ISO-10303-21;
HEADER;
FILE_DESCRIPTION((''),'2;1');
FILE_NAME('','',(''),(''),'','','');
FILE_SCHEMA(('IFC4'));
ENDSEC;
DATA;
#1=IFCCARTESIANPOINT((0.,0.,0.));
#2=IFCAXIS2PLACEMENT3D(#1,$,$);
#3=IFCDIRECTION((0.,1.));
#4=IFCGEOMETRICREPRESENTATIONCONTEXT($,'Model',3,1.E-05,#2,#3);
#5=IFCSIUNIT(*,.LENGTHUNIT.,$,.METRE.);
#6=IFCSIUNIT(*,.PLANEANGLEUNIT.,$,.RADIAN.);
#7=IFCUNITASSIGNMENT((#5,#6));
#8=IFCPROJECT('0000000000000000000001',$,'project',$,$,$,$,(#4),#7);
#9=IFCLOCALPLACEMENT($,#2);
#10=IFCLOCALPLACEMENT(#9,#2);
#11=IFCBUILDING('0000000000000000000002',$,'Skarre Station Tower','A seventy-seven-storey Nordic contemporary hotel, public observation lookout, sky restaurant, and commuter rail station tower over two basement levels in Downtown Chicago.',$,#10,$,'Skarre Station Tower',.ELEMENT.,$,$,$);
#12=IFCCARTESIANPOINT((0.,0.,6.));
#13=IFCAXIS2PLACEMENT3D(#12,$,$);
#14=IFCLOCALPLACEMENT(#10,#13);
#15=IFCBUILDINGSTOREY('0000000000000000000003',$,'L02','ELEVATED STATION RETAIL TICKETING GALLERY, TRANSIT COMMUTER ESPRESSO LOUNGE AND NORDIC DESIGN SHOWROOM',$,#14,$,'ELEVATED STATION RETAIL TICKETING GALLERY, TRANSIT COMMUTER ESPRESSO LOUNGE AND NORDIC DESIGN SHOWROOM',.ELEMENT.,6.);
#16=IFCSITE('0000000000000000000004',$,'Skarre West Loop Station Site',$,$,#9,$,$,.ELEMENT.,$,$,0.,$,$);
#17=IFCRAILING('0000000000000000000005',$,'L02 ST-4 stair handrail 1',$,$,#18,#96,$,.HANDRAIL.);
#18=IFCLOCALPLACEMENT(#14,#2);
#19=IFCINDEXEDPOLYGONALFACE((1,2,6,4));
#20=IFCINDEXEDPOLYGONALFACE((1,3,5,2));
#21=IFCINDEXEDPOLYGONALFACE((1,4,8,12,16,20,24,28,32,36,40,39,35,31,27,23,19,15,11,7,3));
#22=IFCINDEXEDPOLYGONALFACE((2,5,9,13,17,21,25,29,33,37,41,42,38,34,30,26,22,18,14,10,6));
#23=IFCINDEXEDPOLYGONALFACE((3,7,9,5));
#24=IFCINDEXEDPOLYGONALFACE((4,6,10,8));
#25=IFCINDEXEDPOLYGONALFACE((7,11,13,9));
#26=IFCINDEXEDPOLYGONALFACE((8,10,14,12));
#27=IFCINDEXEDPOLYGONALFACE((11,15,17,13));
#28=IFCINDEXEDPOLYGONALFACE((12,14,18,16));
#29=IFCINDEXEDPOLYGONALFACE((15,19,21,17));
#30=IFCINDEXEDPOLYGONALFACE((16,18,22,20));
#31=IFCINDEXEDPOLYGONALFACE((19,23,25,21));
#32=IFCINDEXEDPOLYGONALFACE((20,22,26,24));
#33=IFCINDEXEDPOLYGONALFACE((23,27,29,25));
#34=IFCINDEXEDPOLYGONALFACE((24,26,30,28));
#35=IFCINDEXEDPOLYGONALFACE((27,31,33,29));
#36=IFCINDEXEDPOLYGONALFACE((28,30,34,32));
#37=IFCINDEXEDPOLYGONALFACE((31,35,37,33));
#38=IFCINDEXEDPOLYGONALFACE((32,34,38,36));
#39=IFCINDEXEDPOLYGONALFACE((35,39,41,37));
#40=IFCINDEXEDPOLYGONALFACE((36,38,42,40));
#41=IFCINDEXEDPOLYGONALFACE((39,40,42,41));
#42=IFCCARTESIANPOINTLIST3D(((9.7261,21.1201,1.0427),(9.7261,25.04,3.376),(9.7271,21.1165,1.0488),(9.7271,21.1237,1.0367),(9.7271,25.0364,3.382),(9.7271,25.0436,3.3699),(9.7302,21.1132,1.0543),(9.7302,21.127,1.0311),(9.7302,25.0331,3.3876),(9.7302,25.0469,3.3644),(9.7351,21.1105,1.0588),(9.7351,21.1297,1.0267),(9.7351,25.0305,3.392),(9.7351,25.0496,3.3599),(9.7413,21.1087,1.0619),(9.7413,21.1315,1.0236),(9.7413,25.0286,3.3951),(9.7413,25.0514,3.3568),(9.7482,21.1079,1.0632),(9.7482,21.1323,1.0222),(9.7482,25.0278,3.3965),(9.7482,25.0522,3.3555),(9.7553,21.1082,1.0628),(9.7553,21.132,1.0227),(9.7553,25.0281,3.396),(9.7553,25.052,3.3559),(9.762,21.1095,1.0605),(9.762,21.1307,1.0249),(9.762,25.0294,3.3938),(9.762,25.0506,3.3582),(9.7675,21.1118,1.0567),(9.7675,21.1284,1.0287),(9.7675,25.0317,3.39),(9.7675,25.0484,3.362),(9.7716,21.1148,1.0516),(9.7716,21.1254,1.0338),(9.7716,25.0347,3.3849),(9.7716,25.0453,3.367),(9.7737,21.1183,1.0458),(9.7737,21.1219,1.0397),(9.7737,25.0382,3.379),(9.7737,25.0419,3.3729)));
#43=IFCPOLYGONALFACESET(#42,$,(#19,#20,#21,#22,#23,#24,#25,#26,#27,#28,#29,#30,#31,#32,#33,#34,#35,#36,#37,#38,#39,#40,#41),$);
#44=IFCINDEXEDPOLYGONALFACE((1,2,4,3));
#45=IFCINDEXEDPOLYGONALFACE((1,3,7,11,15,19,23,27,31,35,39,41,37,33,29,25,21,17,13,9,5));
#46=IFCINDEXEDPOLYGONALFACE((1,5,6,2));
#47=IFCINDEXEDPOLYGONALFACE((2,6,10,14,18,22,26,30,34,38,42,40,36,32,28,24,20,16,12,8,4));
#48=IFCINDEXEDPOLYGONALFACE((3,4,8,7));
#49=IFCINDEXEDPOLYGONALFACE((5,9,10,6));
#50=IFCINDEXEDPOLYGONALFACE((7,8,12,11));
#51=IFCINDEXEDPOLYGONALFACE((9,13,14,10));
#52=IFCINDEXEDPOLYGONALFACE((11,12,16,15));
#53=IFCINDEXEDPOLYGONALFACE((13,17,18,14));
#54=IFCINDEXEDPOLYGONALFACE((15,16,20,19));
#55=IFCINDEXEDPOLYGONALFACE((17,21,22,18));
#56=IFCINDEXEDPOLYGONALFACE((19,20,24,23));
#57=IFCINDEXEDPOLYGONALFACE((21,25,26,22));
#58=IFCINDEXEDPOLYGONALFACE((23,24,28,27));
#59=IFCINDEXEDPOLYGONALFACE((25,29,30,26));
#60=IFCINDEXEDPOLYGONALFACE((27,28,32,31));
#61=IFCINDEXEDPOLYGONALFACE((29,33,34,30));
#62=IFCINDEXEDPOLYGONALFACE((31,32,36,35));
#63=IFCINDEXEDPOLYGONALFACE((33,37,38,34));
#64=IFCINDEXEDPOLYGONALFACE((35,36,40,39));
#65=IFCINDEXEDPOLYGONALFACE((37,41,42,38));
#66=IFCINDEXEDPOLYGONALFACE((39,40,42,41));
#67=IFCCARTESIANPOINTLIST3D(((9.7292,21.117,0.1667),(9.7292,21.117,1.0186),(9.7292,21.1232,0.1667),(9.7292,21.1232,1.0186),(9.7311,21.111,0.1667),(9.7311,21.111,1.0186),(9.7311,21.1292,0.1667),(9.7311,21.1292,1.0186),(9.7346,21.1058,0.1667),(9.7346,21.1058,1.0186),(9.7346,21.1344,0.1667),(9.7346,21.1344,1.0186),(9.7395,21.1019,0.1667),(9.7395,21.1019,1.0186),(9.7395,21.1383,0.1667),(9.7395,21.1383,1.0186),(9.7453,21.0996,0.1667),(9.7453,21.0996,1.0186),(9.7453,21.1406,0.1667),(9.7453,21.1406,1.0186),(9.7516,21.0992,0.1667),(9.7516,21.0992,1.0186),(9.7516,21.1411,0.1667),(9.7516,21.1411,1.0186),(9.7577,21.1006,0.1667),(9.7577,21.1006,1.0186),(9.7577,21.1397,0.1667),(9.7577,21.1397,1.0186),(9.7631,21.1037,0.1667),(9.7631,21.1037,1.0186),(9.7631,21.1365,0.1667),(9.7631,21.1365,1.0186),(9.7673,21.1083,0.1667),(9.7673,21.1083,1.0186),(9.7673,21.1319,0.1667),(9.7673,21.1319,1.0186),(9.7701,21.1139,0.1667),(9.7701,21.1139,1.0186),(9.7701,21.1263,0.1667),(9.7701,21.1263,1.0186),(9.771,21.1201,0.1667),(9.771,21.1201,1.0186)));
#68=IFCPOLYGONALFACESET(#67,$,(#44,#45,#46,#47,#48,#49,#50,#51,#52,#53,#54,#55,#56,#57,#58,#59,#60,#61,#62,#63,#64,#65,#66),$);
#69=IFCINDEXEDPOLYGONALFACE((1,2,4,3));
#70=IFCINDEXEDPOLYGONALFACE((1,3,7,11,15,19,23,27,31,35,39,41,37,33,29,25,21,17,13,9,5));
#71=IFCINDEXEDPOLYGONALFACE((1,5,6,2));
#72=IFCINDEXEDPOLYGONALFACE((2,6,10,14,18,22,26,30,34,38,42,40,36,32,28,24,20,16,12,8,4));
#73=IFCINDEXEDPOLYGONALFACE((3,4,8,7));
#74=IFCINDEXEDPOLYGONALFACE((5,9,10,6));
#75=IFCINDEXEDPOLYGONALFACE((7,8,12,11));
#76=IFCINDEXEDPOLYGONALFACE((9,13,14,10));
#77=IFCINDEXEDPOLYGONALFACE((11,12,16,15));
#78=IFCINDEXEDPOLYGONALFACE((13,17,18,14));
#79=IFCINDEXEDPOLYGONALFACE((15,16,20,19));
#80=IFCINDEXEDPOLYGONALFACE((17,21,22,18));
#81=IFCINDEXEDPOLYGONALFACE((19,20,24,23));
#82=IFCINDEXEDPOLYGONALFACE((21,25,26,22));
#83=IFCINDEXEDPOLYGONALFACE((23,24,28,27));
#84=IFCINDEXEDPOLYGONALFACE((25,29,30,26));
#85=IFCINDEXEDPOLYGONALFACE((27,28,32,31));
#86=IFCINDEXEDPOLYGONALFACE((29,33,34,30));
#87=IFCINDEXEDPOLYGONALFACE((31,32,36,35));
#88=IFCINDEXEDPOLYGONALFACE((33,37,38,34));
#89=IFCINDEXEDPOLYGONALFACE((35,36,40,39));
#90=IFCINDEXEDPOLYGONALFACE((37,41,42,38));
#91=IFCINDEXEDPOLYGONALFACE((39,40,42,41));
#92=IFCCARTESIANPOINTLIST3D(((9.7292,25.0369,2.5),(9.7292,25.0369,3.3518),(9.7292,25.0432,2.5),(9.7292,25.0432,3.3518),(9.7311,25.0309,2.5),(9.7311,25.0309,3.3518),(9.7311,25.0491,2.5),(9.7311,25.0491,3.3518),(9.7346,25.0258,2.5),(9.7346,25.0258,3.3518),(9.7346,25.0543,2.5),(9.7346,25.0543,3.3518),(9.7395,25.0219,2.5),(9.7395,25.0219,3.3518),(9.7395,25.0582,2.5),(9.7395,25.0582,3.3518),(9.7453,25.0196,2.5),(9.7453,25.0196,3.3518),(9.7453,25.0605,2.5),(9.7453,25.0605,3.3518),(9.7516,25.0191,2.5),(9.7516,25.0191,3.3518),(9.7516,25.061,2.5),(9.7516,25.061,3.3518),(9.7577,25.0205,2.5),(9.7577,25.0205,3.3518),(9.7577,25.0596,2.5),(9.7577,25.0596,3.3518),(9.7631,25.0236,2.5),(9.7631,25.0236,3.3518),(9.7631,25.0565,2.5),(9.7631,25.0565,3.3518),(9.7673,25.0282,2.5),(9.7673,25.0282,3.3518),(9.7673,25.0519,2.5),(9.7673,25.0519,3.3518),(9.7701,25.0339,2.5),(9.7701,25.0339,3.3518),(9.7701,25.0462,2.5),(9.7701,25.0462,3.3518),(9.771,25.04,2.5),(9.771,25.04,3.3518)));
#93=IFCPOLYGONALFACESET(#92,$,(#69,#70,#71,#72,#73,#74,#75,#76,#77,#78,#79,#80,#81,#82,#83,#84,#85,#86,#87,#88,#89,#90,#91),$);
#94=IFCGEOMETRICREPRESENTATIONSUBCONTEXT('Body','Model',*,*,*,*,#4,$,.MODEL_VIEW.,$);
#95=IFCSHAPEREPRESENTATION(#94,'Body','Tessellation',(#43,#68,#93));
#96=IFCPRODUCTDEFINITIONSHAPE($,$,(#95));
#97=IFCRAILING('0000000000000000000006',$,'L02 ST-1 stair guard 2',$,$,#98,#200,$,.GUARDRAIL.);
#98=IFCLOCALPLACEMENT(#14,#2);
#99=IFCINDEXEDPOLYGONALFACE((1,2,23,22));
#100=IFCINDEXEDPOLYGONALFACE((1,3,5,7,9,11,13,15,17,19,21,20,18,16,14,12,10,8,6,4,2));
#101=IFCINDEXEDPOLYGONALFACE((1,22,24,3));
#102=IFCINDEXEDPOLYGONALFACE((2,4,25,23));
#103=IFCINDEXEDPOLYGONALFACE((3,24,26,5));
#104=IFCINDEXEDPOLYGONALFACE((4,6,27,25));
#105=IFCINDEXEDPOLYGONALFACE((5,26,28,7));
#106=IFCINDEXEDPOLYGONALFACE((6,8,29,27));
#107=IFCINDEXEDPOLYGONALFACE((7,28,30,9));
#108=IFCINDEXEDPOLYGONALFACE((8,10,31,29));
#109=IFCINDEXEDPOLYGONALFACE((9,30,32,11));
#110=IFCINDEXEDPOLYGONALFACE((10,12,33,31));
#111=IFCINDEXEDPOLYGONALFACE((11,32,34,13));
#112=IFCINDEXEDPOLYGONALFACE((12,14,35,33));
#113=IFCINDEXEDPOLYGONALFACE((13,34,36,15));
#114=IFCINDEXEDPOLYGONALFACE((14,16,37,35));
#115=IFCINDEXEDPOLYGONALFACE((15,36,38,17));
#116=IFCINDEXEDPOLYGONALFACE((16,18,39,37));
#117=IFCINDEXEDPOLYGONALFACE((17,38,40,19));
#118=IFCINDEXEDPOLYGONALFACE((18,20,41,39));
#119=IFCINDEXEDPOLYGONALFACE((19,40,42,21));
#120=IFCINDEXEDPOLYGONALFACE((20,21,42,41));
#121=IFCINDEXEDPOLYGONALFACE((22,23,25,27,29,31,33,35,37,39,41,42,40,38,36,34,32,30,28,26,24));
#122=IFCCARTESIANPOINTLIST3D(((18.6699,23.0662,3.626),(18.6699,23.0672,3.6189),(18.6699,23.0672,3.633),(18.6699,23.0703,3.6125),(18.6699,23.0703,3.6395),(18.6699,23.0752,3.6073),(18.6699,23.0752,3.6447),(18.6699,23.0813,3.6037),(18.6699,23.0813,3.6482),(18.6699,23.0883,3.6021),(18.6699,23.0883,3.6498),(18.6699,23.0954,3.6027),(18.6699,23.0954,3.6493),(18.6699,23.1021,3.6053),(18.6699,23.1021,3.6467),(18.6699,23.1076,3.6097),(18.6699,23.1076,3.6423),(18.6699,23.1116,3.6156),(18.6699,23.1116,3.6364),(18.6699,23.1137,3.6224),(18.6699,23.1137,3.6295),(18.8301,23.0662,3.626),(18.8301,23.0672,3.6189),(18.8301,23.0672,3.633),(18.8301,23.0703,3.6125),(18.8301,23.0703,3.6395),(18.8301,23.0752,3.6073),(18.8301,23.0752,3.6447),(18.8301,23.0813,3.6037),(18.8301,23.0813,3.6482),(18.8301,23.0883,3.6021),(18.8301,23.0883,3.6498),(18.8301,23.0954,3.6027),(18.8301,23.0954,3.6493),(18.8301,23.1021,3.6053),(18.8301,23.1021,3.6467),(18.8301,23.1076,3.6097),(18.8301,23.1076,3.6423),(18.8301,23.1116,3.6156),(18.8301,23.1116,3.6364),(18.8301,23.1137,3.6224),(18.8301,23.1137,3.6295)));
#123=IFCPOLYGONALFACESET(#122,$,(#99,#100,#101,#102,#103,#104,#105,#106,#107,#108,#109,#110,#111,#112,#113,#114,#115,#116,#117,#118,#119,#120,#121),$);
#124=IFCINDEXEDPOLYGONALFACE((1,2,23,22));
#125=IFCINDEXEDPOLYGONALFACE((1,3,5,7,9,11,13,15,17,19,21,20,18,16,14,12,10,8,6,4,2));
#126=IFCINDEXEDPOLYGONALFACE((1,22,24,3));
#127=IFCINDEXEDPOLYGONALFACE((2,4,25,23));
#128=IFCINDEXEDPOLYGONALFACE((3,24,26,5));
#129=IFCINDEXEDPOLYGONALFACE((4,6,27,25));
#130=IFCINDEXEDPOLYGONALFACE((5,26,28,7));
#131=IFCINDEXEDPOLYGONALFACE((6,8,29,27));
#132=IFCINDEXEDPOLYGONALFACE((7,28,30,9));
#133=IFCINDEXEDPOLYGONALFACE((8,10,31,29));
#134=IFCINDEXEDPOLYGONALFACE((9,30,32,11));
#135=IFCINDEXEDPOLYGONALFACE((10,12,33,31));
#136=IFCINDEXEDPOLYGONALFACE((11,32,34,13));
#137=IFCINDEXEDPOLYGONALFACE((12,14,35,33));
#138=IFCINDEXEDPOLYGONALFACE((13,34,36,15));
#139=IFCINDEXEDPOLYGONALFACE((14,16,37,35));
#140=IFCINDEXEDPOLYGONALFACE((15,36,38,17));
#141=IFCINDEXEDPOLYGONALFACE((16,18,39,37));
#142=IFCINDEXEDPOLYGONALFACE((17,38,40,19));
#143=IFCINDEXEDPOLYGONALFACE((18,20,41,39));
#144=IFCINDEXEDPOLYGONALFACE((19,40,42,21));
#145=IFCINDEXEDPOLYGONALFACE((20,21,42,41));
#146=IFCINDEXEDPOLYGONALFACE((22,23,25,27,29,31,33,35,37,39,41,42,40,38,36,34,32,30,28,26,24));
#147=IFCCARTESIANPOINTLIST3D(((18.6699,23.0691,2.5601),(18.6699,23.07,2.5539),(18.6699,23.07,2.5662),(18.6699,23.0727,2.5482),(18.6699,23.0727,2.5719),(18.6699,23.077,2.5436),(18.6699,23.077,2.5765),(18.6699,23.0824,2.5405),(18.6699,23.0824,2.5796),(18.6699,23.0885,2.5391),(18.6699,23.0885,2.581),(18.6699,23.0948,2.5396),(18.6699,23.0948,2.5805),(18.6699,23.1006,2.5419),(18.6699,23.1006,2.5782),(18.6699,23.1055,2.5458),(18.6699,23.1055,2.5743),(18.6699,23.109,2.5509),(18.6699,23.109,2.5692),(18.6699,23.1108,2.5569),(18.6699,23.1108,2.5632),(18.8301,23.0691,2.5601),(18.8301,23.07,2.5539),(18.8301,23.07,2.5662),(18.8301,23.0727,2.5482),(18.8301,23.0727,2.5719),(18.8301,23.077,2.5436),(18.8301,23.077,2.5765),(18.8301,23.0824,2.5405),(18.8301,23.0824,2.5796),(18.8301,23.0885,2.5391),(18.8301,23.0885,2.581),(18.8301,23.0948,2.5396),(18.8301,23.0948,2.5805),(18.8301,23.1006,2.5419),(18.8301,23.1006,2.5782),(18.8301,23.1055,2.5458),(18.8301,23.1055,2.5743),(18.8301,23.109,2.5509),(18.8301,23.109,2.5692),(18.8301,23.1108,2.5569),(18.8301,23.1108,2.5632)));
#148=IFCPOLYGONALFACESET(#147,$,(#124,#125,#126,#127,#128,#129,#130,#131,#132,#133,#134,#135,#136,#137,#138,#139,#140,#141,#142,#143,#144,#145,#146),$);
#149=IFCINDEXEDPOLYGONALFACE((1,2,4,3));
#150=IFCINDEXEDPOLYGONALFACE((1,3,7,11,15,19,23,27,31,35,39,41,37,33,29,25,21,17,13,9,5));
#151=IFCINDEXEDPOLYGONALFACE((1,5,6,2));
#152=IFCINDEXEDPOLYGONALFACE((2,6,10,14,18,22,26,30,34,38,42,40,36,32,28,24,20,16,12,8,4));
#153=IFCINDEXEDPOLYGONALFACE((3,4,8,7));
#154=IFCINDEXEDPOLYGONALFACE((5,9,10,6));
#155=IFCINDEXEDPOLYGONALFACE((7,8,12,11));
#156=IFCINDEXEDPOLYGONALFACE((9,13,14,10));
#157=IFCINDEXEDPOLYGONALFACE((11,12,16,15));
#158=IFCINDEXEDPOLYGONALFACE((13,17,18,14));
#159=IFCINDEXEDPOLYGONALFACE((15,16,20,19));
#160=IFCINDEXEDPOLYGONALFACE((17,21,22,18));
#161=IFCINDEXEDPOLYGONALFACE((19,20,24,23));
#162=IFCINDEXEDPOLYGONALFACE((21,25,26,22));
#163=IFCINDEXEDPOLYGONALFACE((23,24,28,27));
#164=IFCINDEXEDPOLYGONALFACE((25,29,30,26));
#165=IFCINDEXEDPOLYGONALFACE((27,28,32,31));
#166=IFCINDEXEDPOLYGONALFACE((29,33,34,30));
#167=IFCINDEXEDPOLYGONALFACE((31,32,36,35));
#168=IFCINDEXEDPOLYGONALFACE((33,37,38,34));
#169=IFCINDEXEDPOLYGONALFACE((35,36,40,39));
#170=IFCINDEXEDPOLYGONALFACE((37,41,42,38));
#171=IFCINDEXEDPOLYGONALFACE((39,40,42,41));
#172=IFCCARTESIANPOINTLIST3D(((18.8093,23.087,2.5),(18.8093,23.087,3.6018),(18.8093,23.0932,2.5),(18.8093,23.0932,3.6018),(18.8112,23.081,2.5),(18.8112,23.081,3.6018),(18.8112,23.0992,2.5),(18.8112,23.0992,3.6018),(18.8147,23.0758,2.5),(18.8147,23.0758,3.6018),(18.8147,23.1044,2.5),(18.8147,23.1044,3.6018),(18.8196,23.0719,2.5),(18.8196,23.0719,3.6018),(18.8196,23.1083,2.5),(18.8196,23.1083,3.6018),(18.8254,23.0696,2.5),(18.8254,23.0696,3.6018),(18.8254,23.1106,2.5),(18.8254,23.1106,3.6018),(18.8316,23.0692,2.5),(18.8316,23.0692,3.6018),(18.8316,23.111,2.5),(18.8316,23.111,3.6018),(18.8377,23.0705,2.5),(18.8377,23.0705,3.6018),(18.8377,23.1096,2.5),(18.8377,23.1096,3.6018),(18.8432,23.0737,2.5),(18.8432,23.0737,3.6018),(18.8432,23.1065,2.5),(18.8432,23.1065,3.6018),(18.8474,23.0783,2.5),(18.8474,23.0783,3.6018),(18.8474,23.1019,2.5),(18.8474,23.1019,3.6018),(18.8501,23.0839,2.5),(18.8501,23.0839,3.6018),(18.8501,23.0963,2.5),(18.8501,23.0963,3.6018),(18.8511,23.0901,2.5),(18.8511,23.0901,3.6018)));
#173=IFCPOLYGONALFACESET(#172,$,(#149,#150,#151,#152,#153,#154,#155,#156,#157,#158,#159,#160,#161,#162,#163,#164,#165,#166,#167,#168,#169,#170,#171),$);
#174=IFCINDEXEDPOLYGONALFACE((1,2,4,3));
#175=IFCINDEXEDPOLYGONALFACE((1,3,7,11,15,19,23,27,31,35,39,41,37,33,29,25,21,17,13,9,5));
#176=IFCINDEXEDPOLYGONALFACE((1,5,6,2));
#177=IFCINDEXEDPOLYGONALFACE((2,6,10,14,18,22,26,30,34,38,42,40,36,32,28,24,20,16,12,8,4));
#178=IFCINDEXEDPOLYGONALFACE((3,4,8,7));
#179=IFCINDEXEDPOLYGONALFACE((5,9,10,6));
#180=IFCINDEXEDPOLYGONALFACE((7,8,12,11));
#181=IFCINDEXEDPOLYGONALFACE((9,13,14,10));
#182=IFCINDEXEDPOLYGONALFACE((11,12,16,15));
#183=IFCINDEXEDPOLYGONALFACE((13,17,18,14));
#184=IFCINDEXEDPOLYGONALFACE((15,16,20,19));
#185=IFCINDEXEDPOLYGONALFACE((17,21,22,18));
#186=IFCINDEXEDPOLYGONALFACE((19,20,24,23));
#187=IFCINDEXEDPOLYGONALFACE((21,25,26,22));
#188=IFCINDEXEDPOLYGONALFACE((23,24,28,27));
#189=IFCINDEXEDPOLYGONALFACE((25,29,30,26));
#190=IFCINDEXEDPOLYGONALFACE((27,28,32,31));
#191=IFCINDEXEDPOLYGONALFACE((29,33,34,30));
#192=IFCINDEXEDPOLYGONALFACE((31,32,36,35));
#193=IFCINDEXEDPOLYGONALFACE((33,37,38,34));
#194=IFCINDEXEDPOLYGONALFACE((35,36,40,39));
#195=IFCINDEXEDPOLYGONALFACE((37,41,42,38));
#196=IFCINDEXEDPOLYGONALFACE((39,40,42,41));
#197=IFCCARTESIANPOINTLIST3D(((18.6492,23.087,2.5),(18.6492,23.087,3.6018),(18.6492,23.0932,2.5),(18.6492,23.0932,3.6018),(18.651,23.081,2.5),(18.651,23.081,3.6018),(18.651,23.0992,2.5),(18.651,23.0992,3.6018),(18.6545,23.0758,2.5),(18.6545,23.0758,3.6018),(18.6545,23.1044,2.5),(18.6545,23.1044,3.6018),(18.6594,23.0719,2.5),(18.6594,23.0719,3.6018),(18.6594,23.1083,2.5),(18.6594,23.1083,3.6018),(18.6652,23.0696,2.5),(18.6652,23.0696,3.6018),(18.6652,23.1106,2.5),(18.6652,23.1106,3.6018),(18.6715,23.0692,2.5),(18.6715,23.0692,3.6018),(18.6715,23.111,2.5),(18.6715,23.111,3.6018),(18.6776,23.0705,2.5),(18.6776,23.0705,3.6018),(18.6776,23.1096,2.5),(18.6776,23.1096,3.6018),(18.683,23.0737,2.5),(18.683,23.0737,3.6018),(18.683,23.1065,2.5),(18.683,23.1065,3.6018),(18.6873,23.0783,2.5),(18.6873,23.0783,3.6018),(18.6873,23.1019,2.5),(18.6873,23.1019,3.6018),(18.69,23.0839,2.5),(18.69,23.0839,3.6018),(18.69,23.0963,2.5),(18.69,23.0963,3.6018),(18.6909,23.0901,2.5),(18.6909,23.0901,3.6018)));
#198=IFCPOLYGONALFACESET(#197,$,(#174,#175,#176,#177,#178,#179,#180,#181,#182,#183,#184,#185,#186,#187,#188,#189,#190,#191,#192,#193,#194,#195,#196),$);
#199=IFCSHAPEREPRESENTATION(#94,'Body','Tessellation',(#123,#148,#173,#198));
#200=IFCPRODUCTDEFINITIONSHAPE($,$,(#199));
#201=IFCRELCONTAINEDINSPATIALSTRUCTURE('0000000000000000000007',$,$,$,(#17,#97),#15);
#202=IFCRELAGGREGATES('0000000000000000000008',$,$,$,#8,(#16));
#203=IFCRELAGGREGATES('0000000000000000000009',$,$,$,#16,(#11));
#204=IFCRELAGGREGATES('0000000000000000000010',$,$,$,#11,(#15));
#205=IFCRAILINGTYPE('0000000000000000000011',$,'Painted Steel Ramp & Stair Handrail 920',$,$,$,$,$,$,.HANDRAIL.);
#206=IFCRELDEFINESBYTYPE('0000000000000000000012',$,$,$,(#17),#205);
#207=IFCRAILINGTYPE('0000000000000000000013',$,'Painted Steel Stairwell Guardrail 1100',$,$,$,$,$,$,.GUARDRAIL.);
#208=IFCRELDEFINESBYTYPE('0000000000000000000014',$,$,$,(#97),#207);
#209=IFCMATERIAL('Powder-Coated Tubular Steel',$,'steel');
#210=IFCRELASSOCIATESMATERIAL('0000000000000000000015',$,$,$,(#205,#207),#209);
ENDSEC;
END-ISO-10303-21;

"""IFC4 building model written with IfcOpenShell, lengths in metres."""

from ifc_helpers import new_model, si_unit, direction, frame, origin, origin_2d, place, context, subcontext, project, spatial, circle, extrude, material, type_object, element, save


model = new_model("IFC4")

# Units and contexts
model_context = context("Model", 3, precision=1e-05, world=origin(), true_north=direction((0.0, 1.0)))
body_context = subcontext(model_context, "Body", "Model", "MODEL_VIEW")
ifc_project = project(units=[si_unit("LENGTHUNIT", "METRE"), si_unit("PLANEANGLEUNIT", "RADIAN")], contexts=[model_context])

# Site, building, storey
site_placement = place(None, origin())
site = spatial("IfcSite", under=ifc_project, at=site_placement, Name="Skarre West Loop Station Site", CompositionType="ELEMENT", RefElevation=0.0)
building_placement = place(site_placement, origin())
building = spatial("IfcBuilding", under=site, at=building_placement, Name="Skarre Station Tower", Description="A seventy-seven-storey Nordic contemporary hotel, public observation lookout, sky restaurant, and commuter rail station tower over two basement levels in Downtown Chicago.", LongName="Skarre Station Tower", CompositionType="ELEMENT")
storey_placement = place(building_placement, frame((0.0, 0.0, 6.0)))
storey = spatial("IfcBuildingStorey", under=building, at=storey_placement, Name="L02", Description="ELEVATED STATION RETAIL TICKETING GALLERY, TRANSIT COMMUTER ESPRESSO LOUNGE AND NORDIC DESIGN SHOWROOM", LongName="ELEVATED STATION RETAIL TICKETING GALLERY, TRANSIT COMMUTER ESPRESSO LOUNGE AND NORDIC DESIGN SHOWROOM", CompositionType="ELEMENT", Elevation=6.0)

# Railings
ifc_material_1 = material(Name="Powder-Coated Tubular Steel", Category="steel")
railing_type_1 = type_object("IfcRailingType", Name="Painted Steel Ramp & Stair Handrail 920", PredefinedType="HANDRAIL", material=ifc_material_1)
railing_1_placement = place(storey_placement, frame((9.75, 21.1201, 0.1667)))
element("IfcRailing", 1, at=railing_1_placement, inside=storey, type_object=railing_type_1, Name="L02 ST-4 stair handrail 1", PredefinedType="HANDRAIL", context=body_context, shape_type="SweptSolid", body=[
    extrude(circle(Radius=0.0239, at=origin_2d()), frame((0.0, 0.0, 0.876), z_axis=(0.0, 0.859296, 0.511478), x_axis=(-1.0, 0.0, 0.0)), (0.0, 0.0, 1.0), 4.5618),
    extrude(circle(Radius=0.021, at=origin_2d()), origin(), (0.0, 0.0, 1.0), 0.8518),
    extrude(circle(Radius=0.021, at=origin_2d()), frame((0.0, 3.9199, 2.3333)), (0.0, 0.0, 1.0), 0.8518),
])
railing_type_2 = type_object("IfcRailingType", Name="Painted Steel Stairwell Guardrail 1100", PredefinedType="GUARDRAIL", material=ifc_material_1)
railing_2_placement = place(storey_placement, frame((18.8301, 23.0901, 2.5)))
element("IfcRailing", 2, at=railing_2_placement, inside=storey, type_object=railing_type_2, Name="L02 ST-1 stair guard 2", PredefinedType="GUARDRAIL", context=body_context, shape_type="SweptSolid", body=[
    extrude(circle(Radius=0.0239, at=origin_2d()), frame((0.0, 0.0, 1.126), z_axis=(-1.0, 0.0, 0.0), x_axis=(0.0, -1.0, 0.0)), (0.0, 0.0, 1.0), 0.1602),
    extrude(circle(Radius=0.021, at=origin_2d()), frame((0.0, 0.0, 0.0601), z_axis=(-1.0, 0.0, 0.0), x_axis=(0.0, -1.0, 0.0)), (0.0, 0.0, 1.0), 0.1602),
    extrude(circle(Radius=0.021, at=origin_2d()), origin(), (0.0, 0.0, 1.0), 1.1018),
    extrude(circle(Radius=0.021, at=origin_2d()), frame((-0.1602, 0.0, 0.0)), (0.0, 0.0, 1.0), 1.1018),
])

save(model, "model.ifc")
